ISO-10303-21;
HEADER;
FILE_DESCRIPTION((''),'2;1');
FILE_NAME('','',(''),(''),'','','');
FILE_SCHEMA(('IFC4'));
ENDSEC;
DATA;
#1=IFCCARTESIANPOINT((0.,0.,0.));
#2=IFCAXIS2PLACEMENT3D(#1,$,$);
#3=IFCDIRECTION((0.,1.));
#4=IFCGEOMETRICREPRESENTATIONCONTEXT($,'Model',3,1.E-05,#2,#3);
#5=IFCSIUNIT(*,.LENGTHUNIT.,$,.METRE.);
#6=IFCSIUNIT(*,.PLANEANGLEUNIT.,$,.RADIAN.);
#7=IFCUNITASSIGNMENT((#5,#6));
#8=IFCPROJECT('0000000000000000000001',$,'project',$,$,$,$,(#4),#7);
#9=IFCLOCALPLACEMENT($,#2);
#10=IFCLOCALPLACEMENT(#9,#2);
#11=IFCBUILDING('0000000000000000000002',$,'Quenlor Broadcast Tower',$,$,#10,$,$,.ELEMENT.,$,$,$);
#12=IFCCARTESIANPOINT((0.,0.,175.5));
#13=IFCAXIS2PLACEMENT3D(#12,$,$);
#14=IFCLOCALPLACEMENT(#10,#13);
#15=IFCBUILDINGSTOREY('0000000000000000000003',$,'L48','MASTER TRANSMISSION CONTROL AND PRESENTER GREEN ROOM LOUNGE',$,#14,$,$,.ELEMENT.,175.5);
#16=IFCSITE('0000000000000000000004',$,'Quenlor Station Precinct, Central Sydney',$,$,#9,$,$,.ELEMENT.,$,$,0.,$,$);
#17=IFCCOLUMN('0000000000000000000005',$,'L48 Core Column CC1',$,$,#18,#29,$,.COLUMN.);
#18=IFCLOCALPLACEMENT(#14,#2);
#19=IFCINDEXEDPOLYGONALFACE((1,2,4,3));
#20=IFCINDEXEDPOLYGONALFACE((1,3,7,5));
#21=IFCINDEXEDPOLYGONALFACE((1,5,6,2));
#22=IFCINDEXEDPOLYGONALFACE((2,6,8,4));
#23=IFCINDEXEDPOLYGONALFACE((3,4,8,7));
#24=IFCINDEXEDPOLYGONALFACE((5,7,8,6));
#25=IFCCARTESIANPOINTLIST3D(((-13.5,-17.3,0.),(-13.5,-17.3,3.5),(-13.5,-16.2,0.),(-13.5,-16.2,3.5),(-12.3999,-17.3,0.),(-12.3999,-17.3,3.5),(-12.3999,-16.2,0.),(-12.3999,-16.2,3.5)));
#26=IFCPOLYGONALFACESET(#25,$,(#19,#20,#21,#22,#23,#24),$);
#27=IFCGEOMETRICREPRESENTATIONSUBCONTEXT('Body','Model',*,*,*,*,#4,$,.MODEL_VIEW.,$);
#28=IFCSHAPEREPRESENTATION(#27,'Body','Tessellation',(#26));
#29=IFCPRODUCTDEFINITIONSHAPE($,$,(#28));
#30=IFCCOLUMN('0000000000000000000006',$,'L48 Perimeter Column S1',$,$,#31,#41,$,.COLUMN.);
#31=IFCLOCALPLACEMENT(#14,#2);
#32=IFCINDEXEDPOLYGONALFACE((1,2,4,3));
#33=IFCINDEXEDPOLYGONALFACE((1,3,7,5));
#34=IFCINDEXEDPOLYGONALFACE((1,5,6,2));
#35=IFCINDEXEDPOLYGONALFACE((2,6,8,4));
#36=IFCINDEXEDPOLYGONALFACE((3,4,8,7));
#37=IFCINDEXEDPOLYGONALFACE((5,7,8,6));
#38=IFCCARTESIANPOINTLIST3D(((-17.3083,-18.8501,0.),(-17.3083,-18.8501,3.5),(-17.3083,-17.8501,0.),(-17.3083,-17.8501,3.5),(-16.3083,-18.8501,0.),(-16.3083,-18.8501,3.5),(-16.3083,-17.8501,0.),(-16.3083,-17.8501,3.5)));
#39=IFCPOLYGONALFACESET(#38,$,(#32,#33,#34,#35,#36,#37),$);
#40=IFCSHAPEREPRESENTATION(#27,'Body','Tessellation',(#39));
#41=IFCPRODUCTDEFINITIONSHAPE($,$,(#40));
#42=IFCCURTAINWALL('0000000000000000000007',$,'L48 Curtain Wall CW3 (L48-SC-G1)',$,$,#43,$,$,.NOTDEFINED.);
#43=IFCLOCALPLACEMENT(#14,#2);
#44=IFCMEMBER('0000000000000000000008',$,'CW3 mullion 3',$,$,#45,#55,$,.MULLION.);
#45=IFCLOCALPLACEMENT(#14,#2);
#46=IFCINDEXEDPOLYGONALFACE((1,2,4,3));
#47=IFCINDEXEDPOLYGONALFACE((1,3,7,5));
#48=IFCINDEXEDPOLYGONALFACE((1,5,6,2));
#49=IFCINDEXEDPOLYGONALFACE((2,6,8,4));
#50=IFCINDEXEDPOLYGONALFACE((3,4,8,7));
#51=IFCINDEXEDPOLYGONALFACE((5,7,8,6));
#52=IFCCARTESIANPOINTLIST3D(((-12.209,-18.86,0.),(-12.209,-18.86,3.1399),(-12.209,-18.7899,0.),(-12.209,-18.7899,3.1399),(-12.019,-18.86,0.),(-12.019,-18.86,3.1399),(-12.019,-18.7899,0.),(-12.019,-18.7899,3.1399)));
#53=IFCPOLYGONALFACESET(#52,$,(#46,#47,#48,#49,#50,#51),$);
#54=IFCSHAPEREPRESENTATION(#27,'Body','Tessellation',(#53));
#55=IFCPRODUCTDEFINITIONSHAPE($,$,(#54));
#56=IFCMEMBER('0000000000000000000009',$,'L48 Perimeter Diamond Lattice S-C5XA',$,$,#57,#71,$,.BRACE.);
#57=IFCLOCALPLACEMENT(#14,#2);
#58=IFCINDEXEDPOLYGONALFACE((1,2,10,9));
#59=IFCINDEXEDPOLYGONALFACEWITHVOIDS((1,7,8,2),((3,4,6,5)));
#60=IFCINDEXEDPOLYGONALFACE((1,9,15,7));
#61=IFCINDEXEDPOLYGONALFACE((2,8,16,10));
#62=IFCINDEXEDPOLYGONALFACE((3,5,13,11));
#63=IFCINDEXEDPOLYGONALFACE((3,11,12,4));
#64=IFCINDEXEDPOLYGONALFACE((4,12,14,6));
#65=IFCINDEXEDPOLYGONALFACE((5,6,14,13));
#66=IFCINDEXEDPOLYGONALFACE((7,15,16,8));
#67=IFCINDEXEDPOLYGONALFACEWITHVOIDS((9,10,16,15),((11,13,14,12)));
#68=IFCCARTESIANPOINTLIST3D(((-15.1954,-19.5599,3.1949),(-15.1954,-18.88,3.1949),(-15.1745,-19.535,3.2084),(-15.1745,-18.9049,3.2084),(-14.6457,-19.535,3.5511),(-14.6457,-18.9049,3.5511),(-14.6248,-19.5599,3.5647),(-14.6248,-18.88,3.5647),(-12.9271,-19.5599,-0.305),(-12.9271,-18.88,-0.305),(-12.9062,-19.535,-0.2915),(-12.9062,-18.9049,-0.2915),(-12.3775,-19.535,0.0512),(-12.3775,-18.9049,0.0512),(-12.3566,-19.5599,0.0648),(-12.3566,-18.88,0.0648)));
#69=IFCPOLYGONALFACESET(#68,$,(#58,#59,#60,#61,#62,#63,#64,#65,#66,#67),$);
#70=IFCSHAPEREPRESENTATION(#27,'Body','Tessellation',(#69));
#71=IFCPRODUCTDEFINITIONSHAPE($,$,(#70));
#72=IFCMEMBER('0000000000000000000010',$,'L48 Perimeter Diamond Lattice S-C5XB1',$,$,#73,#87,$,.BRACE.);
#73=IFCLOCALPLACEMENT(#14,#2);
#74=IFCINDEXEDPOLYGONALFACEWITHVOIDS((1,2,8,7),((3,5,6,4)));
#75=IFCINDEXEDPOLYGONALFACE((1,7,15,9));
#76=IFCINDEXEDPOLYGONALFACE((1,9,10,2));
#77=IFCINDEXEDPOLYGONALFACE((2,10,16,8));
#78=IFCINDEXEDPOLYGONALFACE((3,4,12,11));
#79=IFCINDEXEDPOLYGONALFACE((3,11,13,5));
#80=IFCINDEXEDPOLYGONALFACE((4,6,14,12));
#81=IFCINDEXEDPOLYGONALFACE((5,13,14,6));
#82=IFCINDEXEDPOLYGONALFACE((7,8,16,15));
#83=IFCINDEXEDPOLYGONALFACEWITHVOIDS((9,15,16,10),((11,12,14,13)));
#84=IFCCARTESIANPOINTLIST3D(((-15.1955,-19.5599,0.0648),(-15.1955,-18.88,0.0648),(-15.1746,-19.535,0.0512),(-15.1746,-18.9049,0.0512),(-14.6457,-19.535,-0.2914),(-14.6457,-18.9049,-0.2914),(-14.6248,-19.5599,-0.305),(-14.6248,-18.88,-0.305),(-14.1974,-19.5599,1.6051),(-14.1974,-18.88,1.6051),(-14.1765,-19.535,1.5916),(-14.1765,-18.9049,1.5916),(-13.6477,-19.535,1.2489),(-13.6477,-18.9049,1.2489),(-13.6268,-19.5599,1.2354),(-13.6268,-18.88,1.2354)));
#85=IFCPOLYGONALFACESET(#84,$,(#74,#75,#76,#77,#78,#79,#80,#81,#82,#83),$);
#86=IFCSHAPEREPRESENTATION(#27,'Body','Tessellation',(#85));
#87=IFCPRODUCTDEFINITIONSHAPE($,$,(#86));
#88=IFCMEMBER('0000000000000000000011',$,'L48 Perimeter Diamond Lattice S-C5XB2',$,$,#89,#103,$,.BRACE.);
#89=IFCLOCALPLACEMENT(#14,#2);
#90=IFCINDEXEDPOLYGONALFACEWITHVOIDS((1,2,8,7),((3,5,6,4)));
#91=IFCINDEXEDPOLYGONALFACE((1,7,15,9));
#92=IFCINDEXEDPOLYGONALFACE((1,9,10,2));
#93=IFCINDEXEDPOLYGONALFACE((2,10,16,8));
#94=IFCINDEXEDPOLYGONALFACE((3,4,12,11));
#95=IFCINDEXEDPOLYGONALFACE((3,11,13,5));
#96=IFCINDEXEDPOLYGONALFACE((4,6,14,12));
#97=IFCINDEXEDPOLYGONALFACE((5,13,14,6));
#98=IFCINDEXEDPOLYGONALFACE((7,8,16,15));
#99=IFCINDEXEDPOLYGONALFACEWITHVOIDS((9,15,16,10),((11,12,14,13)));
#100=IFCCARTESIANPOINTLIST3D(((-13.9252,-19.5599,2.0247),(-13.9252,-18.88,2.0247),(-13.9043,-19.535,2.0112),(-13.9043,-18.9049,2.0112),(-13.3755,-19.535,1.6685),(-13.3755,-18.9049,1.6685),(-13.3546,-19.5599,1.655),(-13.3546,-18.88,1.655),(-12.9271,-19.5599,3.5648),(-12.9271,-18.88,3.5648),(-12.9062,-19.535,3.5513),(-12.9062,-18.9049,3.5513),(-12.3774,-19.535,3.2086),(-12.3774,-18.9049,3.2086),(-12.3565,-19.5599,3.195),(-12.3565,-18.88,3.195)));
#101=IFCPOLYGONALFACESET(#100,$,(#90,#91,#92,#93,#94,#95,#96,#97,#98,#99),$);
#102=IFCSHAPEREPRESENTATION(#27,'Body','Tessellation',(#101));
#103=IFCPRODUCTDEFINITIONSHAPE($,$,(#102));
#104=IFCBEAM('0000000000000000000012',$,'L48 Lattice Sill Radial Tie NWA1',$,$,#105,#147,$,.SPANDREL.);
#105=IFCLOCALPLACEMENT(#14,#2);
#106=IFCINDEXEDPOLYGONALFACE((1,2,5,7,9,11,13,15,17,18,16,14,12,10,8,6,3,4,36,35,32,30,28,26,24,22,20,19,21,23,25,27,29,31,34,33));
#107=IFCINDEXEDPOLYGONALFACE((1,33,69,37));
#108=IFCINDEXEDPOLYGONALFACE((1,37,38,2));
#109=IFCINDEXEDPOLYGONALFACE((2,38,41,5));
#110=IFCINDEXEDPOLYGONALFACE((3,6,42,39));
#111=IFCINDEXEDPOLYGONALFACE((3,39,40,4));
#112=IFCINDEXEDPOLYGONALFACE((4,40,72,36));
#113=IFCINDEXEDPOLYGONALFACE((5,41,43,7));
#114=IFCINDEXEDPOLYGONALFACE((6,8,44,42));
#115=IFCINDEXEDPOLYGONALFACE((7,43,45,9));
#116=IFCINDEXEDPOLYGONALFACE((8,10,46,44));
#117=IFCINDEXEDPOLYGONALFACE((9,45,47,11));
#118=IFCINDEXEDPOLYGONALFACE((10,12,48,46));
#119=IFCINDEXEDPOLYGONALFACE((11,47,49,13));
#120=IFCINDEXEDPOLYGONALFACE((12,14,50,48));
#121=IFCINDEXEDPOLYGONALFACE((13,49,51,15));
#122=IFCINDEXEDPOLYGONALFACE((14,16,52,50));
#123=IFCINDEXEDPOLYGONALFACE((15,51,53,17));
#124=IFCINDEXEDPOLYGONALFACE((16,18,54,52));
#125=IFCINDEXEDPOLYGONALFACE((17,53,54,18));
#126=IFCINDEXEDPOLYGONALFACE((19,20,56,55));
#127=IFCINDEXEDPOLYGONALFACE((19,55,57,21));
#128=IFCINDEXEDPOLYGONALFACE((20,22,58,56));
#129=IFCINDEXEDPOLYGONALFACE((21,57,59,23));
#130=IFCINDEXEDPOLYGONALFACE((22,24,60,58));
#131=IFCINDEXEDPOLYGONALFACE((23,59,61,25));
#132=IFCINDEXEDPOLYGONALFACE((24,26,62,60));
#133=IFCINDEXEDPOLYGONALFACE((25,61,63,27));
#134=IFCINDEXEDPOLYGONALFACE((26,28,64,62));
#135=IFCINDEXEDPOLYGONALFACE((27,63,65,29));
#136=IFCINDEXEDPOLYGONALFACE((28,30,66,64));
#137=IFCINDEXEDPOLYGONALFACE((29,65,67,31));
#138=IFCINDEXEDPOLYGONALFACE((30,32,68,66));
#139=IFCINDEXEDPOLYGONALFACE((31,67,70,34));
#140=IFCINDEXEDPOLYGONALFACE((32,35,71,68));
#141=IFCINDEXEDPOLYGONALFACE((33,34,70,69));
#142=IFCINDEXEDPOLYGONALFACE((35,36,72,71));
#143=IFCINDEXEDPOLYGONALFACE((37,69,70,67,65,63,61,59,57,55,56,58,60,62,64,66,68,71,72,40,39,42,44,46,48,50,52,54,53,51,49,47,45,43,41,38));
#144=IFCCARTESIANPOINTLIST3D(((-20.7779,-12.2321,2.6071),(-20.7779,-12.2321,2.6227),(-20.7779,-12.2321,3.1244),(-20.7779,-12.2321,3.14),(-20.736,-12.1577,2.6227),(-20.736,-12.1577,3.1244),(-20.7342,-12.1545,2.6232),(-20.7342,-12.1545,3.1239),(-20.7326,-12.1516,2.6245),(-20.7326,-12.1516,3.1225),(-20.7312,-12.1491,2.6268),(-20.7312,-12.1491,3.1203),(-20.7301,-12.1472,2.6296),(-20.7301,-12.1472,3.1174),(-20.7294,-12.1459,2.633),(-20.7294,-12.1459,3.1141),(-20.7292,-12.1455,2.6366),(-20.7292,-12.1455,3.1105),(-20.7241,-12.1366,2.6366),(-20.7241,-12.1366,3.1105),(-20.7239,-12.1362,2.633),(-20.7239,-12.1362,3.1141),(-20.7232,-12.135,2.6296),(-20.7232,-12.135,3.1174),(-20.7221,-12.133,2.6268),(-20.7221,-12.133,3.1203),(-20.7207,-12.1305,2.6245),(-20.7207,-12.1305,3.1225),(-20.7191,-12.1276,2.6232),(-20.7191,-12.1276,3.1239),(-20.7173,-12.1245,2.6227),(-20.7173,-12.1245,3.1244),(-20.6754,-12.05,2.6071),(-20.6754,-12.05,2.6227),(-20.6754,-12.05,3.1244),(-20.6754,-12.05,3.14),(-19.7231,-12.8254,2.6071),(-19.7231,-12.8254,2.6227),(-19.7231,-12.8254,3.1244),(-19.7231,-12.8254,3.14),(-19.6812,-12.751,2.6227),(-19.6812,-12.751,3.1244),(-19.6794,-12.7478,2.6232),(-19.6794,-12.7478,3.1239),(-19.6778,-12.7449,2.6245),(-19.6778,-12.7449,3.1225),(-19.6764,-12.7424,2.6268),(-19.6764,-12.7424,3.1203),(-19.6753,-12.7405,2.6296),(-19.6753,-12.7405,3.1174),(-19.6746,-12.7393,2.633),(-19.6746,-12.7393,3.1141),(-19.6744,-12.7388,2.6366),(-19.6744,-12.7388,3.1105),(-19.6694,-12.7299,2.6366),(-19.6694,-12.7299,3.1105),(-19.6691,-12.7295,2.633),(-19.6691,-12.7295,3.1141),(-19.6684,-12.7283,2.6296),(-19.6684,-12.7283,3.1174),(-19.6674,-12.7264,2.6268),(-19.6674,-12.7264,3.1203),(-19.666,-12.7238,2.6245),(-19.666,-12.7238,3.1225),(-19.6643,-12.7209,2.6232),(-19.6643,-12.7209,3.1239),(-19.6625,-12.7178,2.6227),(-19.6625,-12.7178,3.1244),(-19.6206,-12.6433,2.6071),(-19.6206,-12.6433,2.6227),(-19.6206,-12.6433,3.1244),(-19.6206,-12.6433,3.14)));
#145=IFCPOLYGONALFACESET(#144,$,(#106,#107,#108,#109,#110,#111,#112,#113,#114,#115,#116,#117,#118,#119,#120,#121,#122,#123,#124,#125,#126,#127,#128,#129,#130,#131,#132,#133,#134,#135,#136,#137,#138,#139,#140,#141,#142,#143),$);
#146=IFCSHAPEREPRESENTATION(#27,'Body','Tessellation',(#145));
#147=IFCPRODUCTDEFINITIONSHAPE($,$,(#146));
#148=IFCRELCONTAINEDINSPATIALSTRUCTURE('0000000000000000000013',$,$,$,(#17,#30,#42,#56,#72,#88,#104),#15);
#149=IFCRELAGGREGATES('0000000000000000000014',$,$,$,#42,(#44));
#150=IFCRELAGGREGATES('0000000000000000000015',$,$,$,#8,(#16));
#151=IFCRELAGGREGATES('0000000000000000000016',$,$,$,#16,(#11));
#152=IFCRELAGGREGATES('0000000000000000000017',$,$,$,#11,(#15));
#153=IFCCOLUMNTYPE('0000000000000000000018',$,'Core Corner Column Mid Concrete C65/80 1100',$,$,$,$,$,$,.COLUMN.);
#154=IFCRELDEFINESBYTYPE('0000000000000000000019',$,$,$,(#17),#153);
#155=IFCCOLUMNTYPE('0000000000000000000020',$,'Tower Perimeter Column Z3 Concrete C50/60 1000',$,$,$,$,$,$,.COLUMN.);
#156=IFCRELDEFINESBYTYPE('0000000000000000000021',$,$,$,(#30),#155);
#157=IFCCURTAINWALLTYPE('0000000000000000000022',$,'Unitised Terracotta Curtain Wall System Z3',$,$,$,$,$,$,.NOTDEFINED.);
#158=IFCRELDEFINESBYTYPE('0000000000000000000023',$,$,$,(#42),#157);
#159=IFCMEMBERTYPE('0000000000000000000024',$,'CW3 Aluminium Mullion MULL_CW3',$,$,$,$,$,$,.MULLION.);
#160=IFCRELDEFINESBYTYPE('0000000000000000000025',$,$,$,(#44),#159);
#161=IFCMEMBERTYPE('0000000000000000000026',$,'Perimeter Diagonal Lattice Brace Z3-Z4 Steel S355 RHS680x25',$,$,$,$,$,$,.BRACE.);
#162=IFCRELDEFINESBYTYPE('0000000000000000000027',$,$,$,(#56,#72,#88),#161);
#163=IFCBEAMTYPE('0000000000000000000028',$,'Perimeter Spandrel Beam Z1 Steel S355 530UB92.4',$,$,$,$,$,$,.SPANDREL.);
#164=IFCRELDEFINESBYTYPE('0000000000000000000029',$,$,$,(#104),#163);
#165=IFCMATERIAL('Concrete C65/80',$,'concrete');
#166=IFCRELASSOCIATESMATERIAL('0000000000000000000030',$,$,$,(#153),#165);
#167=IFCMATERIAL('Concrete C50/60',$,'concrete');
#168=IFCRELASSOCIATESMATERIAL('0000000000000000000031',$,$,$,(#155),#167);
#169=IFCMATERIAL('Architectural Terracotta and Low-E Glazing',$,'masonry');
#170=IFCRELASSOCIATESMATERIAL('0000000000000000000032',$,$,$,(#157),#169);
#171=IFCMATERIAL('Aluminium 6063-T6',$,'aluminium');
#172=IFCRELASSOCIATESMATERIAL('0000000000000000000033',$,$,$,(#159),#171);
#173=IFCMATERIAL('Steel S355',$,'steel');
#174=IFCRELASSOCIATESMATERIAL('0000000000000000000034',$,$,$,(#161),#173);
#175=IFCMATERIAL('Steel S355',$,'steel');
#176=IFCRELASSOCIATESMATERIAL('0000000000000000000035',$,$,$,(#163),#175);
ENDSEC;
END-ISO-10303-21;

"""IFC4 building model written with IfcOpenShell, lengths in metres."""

from ifc_helpers import new_model, si_unit, direction, frame, origin, origin_2d, place, context, subcontext, project, spatial, rectangle, hollow_rectangle, i_section, extrude, material, material_profile, profile_set, type_object, element, aggregate, save


model = new_model("IFC4")

# Units and contexts
model_context = context("Model", 3, precision=1e-05, world=origin(), true_north=direction((0.0, 1.0)))
body_context = subcontext(model_context, "Body", "Model", "MODEL_VIEW")
ifc_project = project(units=[si_unit("LENGTHUNIT", "METRE"), si_unit("PLANEANGLEUNIT", "RADIAN")], contexts=[model_context])

# Site, building, storey
site_placement = place(None, origin())
site = spatial("IfcSite", under=ifc_project, at=site_placement, Name="Quenlor Station Precinct, Central Sydney", CompositionType="ELEMENT", RefElevation=0.0)
building_placement = place(site_placement, origin())
building = spatial("IfcBuilding", under=site, at=building_placement, Name="Quenlor Broadcast Tower", CompositionType="ELEMENT")
storey_placement = place(building_placement, frame((0.0, 0.0, 175.5)))
storey = spatial("IfcBuildingStorey", under=building, at=storey_placement, Name="L48", Description="MASTER TRANSMISSION CONTROL AND PRESENTER GREEN ROOM LOUNGE", CompositionType="ELEMENT", Elevation=175.5)

# Columns
ifc_material_1 = material(Name="Concrete C65/80", Category="concrete")
ifc_material_profile_1 = material_profile(ifc_material_1, rectangle(XDim=1.1001, YDim=1.1001, at=origin_2d()))
ifc_profile_set_1 = profile_set([ifc_material_profile_1], Name="Concrete C65/80 RC1100x1100")
column_type_1 = type_object("IfcColumnType", Name="Core Corner Column Mid Concrete C65/80 1100", PredefinedType="COLUMN", material=ifc_profile_set_1)
column_1_placement = place(storey_placement, frame((-12.95, -16.75, 0.0), z_axis=(0.0, 0.0, 1.0), x_axis=(1.0, 0.0, 0.0)))
element("IfcColumn", 1, at=column_1_placement, inside=storey, type_object=column_type_1, Name="L48 Core Column CC1", PredefinedType="COLUMN", context=body_context, shape_type="SweptSolid", body=[
    extrude(rectangle(XDim=1.1001, YDim=1.1001, at=origin_2d()), origin(), (0.0, 0.0, 1.0), 3.5),
])
ifc_material_2 = material(Name="Concrete C50/60", Category="concrete")
ifc_material_profile_2 = material_profile(ifc_material_2, rectangle(XDim=1.0, YDim=1.0, at=origin_2d()))
ifc_profile_set_2 = profile_set([ifc_material_profile_2], Name="Concrete C50/60 RC1000x1000")
column_type_2 = type_object("IfcColumnType", Name="Tower Perimeter Column Z3 Concrete C50/60 1000", PredefinedType="COLUMN", material=ifc_profile_set_2)
column_2_placement = place(storey_placement, frame((-16.8083, -18.3501, 0.0), z_axis=(0.0, 0.0, 1.0), x_axis=(0.0, 1.0, 0.0)))
element("IfcColumn", 2, at=column_2_placement, inside=storey, type_object=column_type_2, Name="L48 Perimeter Column S1", PredefinedType="COLUMN", context=body_context, shape_type="SweptSolid", body=[
    extrude(rectangle(XDim=1.0, YDim=1.0, at=origin_2d()), origin(), (0.0, 0.0, 1.0), 3.5),
])

# Curtain wall, member
ifc_material_3 = material(Name="Architectural Terracotta and Low-E Glazing", Category="masonry")
curtain_wall_type = type_object("IfcCurtainWallType", Name="Unitised Terracotta Curtain Wall System Z3", PredefinedType="NOTDEFINED", material=ifc_material_3)
curtain_wall_placement = place(storey_placement, origin())
curtain_wall = element("IfcCurtainWall", 3, at=curtain_wall_placement, inside=storey, type_object=curtain_wall_type, Name="L48 Curtain Wall CW3 (L48-SC-G1)", PredefinedType="NOTDEFINED")
ifc_material_4 = material(Name="Aluminium 6063-T6", Category="aluminium")
ifc_material_profile_3 = material_profile(ifc_material_4, rectangle(XDim=0.0701, YDim=0.1899, at=origin_2d()))
ifc_profile_set_3 = profile_set([ifc_material_profile_3], Name="Aluminium 6063-T6 MULL70x190")
member_type_1 = type_object("IfcMemberType", Name="CW3 Aluminium Mullion MULL_CW3", PredefinedType="MULLION", material=ifc_profile_set_3)
member_1_placement = place(storey_placement, frame((-12.114, -18.825, 0.0), z_axis=(0.0, 0.0, 1.0), x_axis=(0.0, -1.0, 0.0)))
member_1 = element("IfcMember", 4, at=member_1_placement, type_object=member_type_1, Name="CW3 mullion 3", PredefinedType="MULLION", context=body_context, shape_type="SweptSolid", body=[
    extrude(rectangle(XDim=0.0701, YDim=0.1899, at=origin_2d()), origin(), (0.0, 0.0, 1.0), 3.1399),
])

# Members
ifc_material_5 = material(Name="Steel S355", Category="steel")
ifc_material_profile_4 = material_profile(ifc_material_5, hollow_rectangle(XDim=0.6799, YDim=0.6799, WallThickness=0.0249, at=origin_2d()))
ifc_profile_set_4 = profile_set([ifc_material_profile_4], Name="Steel S355 RHS680x680x25")
member_type_2 = type_object("IfcMemberType", Name="Perimeter Diagonal Lattice Brace Z3-Z4 Steel S355 RHS680x25", PredefinedType="BRACE", material=ifc_profile_set_4)
member_2_placement = place(storey_placement, frame((-12.6418, -19.22, -0.1201), z_axis=(-0.54386, 0.0, 0.839176), x_axis=(0.0, -1.0, 0.0)))
element("IfcMember", 5, at=member_2_placement, inside=storey, type_object=member_type_2, Name="L48 Perimeter Diamond Lattice S-C5XA", PredefinedType="BRACE", context=body_context, shape_type="SweptSolid", body=[
    extrude(hollow_rectangle(XDim=0.6799, YDim=0.6799, WallThickness=0.0249, at=origin_2d()), origin(), (0.0, 0.0, 1.0), 4.1707),
])
member_3_placement = place(storey_placement, frame((-14.9102, -19.22, -0.1201), z_axis=(0.543786, 0.0, 0.839224), x_axis=(0.0, 1.0, 0.0)))
element("IfcMember", 6, at=member_3_placement, inside=storey, type_object=member_type_2, Name="L48 Perimeter Diamond Lattice S-C5XB1", PredefinedType="BRACE", context=body_context, shape_type="SweptSolid", body=[
    extrude(hollow_rectangle(XDim=0.6799, YDim=0.6799, WallThickness=0.0249, at=origin_2d()), origin(), (0.0, 0.0, 1.0), 1.8354),
])
member_4_placement = place(storey_placement, frame((-13.6399, -19.22, 1.8398), z_axis=(0.543847, 0.0, 0.839184), x_axis=(0.0, 1.0, 0.0)))
element("IfcMember", 7, at=member_4_placement, inside=storey, type_object=member_type_2, Name="L48 Perimeter Diamond Lattice S-C5XB2", PredefinedType="BRACE", context=body_context, shape_type="SweptSolid", body=[
    extrude(hollow_rectangle(XDim=0.6799, YDim=0.6799, WallThickness=0.0249, at=origin_2d()), origin(), (0.0, 0.0, 1.0), 1.8352),
])

# Beam
ifc_material_6 = material(Name="Steel S355", Category="steel")
ifc_material_profile_5 = material_profile(ifc_material_6, i_section(OverallWidth=0.209, OverallDepth=0.533, WebThickness=0.0103, FlangeThickness=0.0156, FilletRadius=0.0139, at=origin_2d()))
ifc_profile_set_5 = profile_set([ifc_material_profile_5], Name="Steel S355 530UB92.4")
beam_type_1 = type_object("IfcBeamType", Name="Perimeter Spandrel Beam Z1 Steel S355 530UB92.4", PredefinedType="SPANDREL", material=ifc_profile_set_5)
beam_1_placement = place(storey_placement, frame((-19.6719, -12.7344, 2.8735), z_axis=(-0.871576, 0.490261, 0.0), x_axis=(-0.490261, -0.871576, 0.0)))
element("IfcBeam", 8, at=beam_1_placement, inside=storey, type_object=beam_type_1, Name="L48 Lattice Sill Radial Tie NWA1", PredefinedType="SPANDREL", context=body_context, shape_type="SweptSolid", body=[
    extrude(i_section(OverallWidth=0.209, OverallDepth=0.533, WebThickness=0.0103, FlangeThickness=0.0156, FilletRadius=0.0139, at=origin_2d()), origin(), (0.0, 0.0, 1.0), 1.2102),
])

aggregate(curtain_wall, [member_1])

save(model, "model.ifc")
